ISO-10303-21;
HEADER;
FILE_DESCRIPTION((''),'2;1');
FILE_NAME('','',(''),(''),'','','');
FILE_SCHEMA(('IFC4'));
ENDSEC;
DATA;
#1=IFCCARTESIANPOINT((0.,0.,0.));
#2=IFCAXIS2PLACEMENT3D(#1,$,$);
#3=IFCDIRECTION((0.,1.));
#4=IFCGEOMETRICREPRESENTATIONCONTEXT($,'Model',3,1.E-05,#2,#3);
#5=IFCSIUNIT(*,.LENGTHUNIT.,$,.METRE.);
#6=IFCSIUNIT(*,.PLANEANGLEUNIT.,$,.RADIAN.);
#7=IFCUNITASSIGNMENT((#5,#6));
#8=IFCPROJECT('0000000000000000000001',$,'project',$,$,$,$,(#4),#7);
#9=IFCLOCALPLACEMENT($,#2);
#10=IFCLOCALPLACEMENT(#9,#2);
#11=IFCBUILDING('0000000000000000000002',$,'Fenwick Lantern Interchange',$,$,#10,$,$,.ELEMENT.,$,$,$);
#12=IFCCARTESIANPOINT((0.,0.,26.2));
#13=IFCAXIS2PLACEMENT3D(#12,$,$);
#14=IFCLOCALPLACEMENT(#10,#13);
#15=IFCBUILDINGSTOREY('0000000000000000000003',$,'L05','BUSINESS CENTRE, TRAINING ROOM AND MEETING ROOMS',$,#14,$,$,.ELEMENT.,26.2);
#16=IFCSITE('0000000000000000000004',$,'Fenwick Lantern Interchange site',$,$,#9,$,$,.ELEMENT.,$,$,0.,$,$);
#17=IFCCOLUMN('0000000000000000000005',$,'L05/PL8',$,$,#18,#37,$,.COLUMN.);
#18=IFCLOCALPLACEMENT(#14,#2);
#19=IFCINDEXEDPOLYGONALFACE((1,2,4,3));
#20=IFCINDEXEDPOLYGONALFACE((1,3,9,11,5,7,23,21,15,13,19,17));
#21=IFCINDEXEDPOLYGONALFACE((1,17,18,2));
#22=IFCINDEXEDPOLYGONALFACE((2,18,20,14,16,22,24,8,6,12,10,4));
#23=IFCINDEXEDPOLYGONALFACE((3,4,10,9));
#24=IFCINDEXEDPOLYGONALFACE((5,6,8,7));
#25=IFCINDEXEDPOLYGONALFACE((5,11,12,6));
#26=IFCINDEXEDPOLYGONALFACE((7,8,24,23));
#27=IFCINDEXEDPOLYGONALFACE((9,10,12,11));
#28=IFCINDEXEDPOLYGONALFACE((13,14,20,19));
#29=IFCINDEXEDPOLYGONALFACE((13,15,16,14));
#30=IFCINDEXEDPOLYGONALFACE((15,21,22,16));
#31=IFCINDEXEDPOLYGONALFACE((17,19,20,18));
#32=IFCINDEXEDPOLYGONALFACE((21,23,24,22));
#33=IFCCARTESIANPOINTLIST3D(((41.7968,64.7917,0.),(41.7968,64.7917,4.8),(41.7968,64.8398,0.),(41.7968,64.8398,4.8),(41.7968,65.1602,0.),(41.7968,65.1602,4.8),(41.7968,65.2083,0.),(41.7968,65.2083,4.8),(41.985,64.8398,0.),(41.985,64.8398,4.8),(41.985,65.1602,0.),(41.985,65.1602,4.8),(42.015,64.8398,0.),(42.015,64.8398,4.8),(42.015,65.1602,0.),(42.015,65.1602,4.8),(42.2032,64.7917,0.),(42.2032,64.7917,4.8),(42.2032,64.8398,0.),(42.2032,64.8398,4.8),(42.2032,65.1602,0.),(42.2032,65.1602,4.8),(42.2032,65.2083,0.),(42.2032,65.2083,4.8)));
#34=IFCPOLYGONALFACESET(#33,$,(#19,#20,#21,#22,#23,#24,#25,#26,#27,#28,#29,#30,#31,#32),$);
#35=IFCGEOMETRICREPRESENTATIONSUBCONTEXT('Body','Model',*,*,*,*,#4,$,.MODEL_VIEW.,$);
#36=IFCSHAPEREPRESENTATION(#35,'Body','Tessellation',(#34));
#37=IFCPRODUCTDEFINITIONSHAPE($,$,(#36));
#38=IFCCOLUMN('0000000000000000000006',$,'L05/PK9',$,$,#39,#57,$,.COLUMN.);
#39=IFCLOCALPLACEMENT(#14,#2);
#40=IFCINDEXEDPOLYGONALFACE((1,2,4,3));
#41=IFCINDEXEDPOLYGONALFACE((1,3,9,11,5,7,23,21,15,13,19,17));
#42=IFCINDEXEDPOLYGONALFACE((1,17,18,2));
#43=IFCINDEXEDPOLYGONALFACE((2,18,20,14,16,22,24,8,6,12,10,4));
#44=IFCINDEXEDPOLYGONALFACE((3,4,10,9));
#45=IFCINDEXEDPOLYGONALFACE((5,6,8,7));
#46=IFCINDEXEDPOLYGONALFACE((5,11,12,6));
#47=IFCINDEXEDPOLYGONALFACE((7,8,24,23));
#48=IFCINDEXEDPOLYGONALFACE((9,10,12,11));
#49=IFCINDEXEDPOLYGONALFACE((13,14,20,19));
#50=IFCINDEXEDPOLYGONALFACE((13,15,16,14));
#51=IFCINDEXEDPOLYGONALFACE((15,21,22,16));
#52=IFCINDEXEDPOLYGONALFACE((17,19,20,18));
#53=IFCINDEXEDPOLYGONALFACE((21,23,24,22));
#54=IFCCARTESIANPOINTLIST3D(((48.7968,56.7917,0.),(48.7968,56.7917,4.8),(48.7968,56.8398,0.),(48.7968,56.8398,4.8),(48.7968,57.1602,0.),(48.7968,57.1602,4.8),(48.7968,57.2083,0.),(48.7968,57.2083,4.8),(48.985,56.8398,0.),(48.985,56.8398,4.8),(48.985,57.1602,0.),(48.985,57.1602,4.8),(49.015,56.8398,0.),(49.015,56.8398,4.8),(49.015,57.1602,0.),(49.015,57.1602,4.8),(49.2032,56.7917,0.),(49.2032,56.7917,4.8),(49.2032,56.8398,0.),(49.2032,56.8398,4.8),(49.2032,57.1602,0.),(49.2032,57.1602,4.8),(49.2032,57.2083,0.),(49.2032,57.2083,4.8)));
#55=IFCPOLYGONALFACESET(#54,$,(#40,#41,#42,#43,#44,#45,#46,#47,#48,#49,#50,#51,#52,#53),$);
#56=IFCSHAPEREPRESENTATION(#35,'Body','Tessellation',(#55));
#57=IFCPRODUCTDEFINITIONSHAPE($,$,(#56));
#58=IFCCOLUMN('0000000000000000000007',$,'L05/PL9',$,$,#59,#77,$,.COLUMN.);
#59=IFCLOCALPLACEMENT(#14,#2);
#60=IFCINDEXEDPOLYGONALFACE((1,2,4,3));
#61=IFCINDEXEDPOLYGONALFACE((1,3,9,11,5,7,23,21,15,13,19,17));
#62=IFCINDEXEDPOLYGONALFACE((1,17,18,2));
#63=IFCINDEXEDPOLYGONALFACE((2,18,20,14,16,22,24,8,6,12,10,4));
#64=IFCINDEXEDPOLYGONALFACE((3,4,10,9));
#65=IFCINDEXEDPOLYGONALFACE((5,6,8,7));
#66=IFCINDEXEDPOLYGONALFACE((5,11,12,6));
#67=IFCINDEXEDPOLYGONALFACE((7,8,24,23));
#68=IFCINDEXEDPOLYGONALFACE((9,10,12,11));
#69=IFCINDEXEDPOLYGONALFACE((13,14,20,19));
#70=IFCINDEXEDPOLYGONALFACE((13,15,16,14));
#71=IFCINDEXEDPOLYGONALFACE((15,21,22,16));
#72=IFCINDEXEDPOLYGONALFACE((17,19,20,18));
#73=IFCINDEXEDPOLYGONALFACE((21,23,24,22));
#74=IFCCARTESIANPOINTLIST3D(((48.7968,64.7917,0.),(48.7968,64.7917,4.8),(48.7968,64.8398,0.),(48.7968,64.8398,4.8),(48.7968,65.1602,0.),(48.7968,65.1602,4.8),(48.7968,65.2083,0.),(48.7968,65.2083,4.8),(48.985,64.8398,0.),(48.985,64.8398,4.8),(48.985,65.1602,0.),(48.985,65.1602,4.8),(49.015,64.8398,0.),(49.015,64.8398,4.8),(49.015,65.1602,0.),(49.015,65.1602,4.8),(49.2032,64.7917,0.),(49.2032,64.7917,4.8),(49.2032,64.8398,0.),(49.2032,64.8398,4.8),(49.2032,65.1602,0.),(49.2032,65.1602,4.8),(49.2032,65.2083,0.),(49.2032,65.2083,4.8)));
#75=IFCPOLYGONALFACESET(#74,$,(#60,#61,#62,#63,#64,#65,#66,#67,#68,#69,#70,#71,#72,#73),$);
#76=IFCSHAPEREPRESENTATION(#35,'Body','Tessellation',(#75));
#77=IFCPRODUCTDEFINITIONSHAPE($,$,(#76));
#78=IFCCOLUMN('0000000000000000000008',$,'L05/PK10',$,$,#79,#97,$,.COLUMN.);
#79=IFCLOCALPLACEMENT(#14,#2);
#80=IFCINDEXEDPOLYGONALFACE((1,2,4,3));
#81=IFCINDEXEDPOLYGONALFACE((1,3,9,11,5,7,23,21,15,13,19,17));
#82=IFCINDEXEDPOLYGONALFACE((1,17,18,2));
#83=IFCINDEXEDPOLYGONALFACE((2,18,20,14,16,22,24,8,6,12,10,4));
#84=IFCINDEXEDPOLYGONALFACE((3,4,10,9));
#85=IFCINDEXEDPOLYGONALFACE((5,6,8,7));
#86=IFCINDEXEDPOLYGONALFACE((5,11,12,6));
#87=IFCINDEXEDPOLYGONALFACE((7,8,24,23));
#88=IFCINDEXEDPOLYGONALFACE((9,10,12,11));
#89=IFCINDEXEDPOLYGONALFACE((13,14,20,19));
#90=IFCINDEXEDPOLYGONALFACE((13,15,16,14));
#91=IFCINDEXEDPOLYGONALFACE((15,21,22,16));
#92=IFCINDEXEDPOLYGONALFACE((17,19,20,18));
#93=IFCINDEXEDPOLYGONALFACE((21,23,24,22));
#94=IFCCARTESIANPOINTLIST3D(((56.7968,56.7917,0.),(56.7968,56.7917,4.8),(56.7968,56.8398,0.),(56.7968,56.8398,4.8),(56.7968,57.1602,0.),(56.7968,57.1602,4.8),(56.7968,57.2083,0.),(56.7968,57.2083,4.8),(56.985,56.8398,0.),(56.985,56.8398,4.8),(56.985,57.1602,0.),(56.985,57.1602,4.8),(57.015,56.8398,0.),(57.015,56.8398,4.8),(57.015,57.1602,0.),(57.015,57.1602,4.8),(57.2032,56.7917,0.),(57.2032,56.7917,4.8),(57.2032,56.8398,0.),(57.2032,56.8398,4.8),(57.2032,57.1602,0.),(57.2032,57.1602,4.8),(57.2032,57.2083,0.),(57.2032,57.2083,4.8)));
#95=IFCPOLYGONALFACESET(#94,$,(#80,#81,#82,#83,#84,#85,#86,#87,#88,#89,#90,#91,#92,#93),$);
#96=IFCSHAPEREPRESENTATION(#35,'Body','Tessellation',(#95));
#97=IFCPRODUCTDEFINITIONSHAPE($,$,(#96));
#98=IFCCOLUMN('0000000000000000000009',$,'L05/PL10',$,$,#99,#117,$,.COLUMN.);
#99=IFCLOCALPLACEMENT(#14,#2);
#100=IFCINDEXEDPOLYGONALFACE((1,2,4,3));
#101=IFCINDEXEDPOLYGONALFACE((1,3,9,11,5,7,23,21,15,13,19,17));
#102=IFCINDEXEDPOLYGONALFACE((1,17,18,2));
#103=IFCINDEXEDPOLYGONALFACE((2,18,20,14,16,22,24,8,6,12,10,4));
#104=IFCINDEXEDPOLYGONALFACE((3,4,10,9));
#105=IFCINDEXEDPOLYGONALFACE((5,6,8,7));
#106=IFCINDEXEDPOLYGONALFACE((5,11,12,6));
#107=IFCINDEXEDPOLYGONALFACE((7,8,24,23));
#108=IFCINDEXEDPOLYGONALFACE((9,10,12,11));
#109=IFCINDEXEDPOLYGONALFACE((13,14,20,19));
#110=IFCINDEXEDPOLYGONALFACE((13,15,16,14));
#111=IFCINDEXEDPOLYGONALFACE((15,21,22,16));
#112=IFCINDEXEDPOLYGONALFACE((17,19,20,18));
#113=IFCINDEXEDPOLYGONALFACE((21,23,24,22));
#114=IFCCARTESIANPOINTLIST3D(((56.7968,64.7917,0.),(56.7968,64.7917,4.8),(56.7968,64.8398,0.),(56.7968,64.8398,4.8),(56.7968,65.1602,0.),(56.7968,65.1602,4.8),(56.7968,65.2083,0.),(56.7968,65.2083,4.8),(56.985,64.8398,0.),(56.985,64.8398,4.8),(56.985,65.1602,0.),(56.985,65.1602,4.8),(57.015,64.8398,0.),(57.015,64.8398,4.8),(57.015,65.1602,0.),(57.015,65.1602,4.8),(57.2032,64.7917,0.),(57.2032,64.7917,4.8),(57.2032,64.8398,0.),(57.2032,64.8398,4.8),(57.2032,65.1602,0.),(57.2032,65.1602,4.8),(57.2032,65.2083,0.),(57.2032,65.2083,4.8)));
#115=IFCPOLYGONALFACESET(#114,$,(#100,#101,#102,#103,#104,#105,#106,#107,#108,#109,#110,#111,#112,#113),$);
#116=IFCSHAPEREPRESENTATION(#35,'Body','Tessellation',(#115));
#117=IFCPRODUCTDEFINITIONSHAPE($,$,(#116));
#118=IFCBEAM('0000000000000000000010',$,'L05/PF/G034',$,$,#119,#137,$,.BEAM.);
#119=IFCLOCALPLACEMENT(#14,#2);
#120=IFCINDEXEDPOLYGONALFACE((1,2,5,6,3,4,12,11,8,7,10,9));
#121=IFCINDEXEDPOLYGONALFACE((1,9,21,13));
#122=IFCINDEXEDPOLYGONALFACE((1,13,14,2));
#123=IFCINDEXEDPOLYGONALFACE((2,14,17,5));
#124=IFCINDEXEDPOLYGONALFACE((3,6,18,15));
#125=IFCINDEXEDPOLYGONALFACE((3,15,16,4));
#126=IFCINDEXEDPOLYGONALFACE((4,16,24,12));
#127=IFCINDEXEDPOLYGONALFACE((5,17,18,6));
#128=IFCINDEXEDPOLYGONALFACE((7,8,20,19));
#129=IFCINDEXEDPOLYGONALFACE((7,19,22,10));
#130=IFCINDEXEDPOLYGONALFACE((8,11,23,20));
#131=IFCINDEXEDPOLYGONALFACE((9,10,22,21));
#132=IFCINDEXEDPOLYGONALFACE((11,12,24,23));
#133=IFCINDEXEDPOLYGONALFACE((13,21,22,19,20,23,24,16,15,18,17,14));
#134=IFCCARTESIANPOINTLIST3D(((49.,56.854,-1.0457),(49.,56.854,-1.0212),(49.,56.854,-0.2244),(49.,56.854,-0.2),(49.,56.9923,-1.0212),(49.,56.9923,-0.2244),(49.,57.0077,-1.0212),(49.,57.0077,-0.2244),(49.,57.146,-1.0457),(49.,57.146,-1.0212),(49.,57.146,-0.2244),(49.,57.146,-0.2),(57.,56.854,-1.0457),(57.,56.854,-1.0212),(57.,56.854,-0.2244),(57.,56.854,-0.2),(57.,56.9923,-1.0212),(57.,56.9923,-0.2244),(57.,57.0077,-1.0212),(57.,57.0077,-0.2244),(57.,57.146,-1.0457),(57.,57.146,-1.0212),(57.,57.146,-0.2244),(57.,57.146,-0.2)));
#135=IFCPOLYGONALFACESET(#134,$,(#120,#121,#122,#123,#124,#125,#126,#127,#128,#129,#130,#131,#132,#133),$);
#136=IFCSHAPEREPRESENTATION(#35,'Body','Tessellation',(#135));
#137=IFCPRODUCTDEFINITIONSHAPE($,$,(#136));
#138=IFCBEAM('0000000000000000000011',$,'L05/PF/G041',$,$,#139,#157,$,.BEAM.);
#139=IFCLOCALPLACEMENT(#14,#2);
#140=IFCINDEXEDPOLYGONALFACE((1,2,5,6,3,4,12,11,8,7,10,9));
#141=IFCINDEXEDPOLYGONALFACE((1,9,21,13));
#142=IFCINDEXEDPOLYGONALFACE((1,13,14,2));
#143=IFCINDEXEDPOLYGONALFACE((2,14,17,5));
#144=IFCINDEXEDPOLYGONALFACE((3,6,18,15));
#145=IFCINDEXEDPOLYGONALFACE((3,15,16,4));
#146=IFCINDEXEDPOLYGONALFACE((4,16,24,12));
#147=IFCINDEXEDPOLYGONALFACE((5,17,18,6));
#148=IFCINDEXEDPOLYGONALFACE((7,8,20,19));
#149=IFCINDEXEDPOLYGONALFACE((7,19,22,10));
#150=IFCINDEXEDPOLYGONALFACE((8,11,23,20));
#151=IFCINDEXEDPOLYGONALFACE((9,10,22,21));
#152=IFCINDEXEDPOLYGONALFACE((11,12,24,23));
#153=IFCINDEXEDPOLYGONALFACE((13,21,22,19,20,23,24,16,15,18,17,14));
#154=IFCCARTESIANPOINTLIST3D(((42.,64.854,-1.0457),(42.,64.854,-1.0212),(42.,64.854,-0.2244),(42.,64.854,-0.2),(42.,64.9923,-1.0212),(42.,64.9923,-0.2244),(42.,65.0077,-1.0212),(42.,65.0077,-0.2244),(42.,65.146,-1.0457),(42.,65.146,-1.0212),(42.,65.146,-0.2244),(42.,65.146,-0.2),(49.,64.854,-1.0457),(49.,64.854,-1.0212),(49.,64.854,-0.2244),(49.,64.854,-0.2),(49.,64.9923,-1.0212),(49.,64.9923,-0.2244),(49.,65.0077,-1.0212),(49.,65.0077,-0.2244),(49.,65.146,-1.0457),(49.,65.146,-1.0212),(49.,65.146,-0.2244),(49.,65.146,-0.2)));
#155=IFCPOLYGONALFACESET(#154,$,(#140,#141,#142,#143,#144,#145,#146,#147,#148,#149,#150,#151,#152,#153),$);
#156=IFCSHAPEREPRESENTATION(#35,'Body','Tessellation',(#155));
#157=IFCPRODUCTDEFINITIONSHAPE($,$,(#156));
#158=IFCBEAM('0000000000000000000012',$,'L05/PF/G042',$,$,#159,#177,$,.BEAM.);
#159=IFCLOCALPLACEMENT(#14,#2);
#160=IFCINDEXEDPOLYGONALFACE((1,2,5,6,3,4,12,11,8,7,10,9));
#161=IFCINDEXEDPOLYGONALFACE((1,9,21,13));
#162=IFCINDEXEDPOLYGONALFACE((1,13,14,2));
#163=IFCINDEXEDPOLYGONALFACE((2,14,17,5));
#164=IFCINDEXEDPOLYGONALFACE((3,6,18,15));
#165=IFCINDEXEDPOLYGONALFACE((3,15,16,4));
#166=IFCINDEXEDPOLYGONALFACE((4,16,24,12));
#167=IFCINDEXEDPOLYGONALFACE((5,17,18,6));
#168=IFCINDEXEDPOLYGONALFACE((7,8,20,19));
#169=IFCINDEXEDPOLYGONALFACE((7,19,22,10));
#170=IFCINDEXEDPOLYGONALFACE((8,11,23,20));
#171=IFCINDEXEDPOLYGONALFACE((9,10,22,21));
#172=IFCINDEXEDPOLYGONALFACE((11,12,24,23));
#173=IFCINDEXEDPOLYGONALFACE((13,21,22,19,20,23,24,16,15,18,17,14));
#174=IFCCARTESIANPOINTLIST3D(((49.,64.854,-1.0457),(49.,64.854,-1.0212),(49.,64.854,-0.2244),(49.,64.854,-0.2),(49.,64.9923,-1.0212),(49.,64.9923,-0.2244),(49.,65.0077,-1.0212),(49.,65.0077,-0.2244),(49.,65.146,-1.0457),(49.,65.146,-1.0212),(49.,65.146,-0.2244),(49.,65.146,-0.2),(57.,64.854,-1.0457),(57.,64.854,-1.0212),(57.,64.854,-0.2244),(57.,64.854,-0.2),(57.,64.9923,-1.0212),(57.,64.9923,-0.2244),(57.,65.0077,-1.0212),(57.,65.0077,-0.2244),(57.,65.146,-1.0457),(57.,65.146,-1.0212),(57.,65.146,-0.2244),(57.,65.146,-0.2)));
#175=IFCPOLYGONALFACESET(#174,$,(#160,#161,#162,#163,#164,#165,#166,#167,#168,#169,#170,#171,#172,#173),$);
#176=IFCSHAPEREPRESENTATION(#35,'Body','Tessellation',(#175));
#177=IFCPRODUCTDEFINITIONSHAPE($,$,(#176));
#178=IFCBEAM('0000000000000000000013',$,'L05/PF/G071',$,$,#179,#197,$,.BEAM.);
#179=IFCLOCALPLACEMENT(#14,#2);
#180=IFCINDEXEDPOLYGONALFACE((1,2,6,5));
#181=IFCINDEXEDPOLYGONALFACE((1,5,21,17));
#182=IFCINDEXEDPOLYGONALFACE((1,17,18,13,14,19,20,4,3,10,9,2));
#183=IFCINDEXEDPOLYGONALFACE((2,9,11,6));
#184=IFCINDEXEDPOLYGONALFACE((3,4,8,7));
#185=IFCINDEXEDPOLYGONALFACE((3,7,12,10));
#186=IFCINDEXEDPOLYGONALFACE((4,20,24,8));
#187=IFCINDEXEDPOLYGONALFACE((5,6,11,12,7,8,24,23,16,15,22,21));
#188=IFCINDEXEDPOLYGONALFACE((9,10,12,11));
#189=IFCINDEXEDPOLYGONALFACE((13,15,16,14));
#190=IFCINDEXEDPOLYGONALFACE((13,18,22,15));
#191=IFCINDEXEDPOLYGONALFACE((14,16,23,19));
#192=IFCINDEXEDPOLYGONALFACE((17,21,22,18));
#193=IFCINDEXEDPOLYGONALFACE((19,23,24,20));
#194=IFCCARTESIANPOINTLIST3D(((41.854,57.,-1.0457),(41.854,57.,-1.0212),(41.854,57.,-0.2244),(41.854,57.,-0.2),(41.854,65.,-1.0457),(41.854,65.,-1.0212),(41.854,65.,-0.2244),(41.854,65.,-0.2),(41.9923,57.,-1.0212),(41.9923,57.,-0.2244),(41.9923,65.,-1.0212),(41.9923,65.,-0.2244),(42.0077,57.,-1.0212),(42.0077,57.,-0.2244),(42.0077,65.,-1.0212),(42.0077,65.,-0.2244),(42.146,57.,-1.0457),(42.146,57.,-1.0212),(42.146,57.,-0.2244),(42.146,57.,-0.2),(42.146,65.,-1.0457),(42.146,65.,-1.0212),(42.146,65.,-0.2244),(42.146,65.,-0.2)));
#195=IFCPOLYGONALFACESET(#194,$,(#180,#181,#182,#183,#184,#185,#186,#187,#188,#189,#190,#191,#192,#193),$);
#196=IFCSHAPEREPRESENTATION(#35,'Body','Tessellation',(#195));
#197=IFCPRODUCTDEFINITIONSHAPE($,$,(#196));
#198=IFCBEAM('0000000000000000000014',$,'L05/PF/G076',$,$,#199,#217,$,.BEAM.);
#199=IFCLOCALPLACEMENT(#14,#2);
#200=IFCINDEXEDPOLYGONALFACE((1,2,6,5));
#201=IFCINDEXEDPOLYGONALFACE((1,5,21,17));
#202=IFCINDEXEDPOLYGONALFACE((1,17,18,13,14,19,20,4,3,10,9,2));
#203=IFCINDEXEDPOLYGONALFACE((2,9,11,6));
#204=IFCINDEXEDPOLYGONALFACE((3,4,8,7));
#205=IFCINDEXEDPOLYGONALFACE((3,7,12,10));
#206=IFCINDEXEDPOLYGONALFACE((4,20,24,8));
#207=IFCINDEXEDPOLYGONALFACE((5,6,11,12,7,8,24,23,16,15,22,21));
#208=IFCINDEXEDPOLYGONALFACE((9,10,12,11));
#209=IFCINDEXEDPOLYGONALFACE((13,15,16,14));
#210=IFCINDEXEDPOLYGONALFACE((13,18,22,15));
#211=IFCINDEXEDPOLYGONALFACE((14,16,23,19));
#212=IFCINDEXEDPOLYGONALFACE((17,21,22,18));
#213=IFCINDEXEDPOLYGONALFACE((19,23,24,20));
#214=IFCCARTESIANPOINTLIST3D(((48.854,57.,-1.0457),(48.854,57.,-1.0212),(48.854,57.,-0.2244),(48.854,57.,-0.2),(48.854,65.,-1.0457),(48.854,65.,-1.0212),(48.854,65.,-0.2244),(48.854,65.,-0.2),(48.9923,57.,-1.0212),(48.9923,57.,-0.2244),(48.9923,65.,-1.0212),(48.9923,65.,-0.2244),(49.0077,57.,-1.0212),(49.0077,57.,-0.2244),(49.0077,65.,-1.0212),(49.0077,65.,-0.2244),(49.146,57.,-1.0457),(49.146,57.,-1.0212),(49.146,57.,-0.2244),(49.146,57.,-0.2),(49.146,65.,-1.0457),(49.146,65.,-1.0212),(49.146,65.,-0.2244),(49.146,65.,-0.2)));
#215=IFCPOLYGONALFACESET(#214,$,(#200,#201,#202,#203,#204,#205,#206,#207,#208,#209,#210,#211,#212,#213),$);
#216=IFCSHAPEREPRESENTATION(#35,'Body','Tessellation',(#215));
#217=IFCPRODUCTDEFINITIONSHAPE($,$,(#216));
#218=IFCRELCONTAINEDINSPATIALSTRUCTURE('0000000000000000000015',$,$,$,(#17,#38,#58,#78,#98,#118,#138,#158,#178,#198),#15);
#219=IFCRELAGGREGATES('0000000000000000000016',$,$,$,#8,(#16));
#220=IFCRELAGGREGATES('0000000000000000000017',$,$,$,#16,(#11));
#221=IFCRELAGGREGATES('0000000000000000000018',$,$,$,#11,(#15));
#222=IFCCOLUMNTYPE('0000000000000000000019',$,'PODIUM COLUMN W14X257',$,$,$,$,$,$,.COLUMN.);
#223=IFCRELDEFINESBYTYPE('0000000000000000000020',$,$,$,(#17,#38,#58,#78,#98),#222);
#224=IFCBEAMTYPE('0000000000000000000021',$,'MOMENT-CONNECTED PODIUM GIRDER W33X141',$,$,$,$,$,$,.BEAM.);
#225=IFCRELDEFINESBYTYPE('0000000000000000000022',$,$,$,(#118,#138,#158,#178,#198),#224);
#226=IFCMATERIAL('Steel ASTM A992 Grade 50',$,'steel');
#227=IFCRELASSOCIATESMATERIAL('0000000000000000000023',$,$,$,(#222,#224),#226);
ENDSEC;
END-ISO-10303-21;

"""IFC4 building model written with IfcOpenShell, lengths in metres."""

from ifc_helpers import new_model, si_unit, direction, frame, origin, origin_2d, place, context, subcontext, project, spatial, i_section, extrude, material, material_profile, profile_set, type_object, element, save


model = new_model("IFC4")

# Units and contexts
model_context = context("Model", 3, precision=1e-05, world=origin(), true_north=direction((0.0, 1.0)))
body_context = subcontext(model_context, "Body", "Model", "MODEL_VIEW")
ifc_project = project(units=[si_unit("LENGTHUNIT", "METRE"), si_unit("PLANEANGLEUNIT", "RADIAN")], contexts=[model_context])

# Site, building, storey
site_placement = place(None, origin())
site = spatial("IfcSite", under=ifc_project, at=site_placement, Name="Fenwick Lantern Interchange site", CompositionType="ELEMENT", RefElevation=0.0)
building_placement = place(site_placement, origin())
building = spatial("IfcBuilding", under=site, at=building_placement, Name="Fenwick Lantern Interchange", CompositionType="ELEMENT")
storey_placement = place(building_placement, frame((0.0, 0.0, 26.2)))
storey = spatial("IfcBuildingStorey", under=building, at=storey_placement, Name="L05", Description="BUSINESS CENTRE, TRAINING ROOM AND MEETING ROOMS", CompositionType="ELEMENT", Elevation=26.2)

# Columns
ifc_material_1 = material(Name="Steel ASTM A992 Grade 50", Category="steel")
ifc_material_profile_1 = material_profile(ifc_material_1, i_section(OverallWidth=0.4065, OverallDepth=0.4165, WebThickness=0.03, FlangeThickness=0.0481, at=origin_2d()), Name="W14X257")
ifc_profile_set_1 = profile_set([ifc_material_profile_1], Name="Steel ASTM A992 Grade 50")
column_type = type_object("IfcColumnType", Name="PODIUM COLUMN W14X257", PredefinedType="COLUMN", material=ifc_profile_set_1)
for number, where, z_axis, x_axis, name in (
    (1, (42.0, 65.0, 0.0), (0.0, 0.0, 1.0), (1.0, 0.0, 0.0), "L05/PL8"),
    (2, (49.0, 57.0, 0.0), (0.0, 0.0, 1.0), (1.0, 0.0, 0.0), "L05/PK9"),
    (3, (49.0, 65.0, 0.0), (0.0, 0.0, 1.0), (1.0, 0.0, 0.0), "L05/PL9"),
    (4, (57.0, 57.0, 0.0), (0.0, 0.0, 1.0), (1.0, 0.0, 0.0), "L05/PK10"),
    (5, (57.0, 65.0, 0.0), (0.0, 0.0, 1.0), (1.0, 0.0, 0.0), "L05/PL10"),
):
    element("IfcColumn", number, at=place(storey_placement, frame(where, z_axis=z_axis, x_axis=x_axis)), inside=storey, type_object=column_type, Name=name, PredefinedType="COLUMN", context=body_context, shape_type="SweptSolid", body=[
        extrude(i_section(OverallWidth=0.4065, OverallDepth=0.4165, WebThickness=0.03, FlangeThickness=0.0481, at=origin_2d()), origin(), (0.0, 0.0, 1.0), 4.8),
    ])

# Beams
ifc_material_profile_2 = material_profile(ifc_material_1, i_section(OverallWidth=0.292, OverallDepth=0.8457, WebThickness=0.0154, FlangeThickness=0.0244, at=origin_2d()), Name="W33X141")
ifc_profile_set_2 = profile_set([ifc_material_profile_2], Name="Steel ASTM A992 Grade 50")
beam_type_1 = type_object("IfcBeamType", Name="MOMENT-CONNECTED PODIUM GIRDER W33X141", PredefinedType="BEAM", material=ifc_profile_set_2)
beam_1_placement = place(storey_placement, frame((49.0, 57.0, -0.6228), z_axis=(1.0, 0.0, 0.0), x_axis=(0.0, 1.0, 0.0)))
element("IfcBeam", 6, at=beam_1_placement, inside=storey, type_object=beam_type_1, Name="L05/PF/G034", PredefinedType="BEAM", context=body_context, shape_type="SweptSolid", body=[
    extrude(i_section(OverallWidth=0.292, OverallDepth=0.8457, WebThickness=0.0154, FlangeThickness=0.0244, at=origin_2d()), origin(), (0.0, 0.0, 1.0), 8.0),
])
beam_2_placement = place(storey_placement, frame((42.0, 65.0, -0.6228), z_axis=(1.0, 0.0, 0.0), x_axis=(0.0, 1.0, 0.0)))
element("IfcBeam", 7, at=beam_2_placement, inside=storey, type_object=beam_type_1, Name="L05/PF/G041", PredefinedType="BEAM", context=body_context, shape_type="SweptSolid", body=[
    extrude(i_section(OverallWidth=0.292, OverallDepth=0.8457, WebThickness=0.0154, FlangeThickness=0.0244, at=origin_2d()), origin(), (0.0, 0.0, 1.0), 7.0),
])
for number, where, z_axis, x_axis, name in (
    (8, (49.0, 65.0, -0.6228), (1.0, 0.0, 0.0), (0.0, 1.0, 0.0), "L05/PF/G042"),
    (9, (42.0, 57.0, -0.6228), (0.0, 1.0, 0.0), (-1.0, 0.0, 0.0), "L05/PF/G071"),
    (10, (49.0, 57.0, -0.6228), (0.0, 1.0, 0.0), (-1.0, 0.0, 0.0), "L05/PF/G076"),
):
    element("IfcBeam", number, at=place(storey_placement, frame(where, z_axis=z_axis, x_axis=x_axis)), inside=storey, type_object=beam_type_1, Name=name, PredefinedType="BEAM", context=body_context, shape_type="SweptSolid", body=[
        extrude(i_section(OverallWidth=0.292, OverallDepth=0.8457, WebThickness=0.0154, FlangeThickness=0.0244, at=origin_2d()), origin(), (0.0, 0.0, 1.0), 8.0),
    ])

save(model, "model.ifc")
